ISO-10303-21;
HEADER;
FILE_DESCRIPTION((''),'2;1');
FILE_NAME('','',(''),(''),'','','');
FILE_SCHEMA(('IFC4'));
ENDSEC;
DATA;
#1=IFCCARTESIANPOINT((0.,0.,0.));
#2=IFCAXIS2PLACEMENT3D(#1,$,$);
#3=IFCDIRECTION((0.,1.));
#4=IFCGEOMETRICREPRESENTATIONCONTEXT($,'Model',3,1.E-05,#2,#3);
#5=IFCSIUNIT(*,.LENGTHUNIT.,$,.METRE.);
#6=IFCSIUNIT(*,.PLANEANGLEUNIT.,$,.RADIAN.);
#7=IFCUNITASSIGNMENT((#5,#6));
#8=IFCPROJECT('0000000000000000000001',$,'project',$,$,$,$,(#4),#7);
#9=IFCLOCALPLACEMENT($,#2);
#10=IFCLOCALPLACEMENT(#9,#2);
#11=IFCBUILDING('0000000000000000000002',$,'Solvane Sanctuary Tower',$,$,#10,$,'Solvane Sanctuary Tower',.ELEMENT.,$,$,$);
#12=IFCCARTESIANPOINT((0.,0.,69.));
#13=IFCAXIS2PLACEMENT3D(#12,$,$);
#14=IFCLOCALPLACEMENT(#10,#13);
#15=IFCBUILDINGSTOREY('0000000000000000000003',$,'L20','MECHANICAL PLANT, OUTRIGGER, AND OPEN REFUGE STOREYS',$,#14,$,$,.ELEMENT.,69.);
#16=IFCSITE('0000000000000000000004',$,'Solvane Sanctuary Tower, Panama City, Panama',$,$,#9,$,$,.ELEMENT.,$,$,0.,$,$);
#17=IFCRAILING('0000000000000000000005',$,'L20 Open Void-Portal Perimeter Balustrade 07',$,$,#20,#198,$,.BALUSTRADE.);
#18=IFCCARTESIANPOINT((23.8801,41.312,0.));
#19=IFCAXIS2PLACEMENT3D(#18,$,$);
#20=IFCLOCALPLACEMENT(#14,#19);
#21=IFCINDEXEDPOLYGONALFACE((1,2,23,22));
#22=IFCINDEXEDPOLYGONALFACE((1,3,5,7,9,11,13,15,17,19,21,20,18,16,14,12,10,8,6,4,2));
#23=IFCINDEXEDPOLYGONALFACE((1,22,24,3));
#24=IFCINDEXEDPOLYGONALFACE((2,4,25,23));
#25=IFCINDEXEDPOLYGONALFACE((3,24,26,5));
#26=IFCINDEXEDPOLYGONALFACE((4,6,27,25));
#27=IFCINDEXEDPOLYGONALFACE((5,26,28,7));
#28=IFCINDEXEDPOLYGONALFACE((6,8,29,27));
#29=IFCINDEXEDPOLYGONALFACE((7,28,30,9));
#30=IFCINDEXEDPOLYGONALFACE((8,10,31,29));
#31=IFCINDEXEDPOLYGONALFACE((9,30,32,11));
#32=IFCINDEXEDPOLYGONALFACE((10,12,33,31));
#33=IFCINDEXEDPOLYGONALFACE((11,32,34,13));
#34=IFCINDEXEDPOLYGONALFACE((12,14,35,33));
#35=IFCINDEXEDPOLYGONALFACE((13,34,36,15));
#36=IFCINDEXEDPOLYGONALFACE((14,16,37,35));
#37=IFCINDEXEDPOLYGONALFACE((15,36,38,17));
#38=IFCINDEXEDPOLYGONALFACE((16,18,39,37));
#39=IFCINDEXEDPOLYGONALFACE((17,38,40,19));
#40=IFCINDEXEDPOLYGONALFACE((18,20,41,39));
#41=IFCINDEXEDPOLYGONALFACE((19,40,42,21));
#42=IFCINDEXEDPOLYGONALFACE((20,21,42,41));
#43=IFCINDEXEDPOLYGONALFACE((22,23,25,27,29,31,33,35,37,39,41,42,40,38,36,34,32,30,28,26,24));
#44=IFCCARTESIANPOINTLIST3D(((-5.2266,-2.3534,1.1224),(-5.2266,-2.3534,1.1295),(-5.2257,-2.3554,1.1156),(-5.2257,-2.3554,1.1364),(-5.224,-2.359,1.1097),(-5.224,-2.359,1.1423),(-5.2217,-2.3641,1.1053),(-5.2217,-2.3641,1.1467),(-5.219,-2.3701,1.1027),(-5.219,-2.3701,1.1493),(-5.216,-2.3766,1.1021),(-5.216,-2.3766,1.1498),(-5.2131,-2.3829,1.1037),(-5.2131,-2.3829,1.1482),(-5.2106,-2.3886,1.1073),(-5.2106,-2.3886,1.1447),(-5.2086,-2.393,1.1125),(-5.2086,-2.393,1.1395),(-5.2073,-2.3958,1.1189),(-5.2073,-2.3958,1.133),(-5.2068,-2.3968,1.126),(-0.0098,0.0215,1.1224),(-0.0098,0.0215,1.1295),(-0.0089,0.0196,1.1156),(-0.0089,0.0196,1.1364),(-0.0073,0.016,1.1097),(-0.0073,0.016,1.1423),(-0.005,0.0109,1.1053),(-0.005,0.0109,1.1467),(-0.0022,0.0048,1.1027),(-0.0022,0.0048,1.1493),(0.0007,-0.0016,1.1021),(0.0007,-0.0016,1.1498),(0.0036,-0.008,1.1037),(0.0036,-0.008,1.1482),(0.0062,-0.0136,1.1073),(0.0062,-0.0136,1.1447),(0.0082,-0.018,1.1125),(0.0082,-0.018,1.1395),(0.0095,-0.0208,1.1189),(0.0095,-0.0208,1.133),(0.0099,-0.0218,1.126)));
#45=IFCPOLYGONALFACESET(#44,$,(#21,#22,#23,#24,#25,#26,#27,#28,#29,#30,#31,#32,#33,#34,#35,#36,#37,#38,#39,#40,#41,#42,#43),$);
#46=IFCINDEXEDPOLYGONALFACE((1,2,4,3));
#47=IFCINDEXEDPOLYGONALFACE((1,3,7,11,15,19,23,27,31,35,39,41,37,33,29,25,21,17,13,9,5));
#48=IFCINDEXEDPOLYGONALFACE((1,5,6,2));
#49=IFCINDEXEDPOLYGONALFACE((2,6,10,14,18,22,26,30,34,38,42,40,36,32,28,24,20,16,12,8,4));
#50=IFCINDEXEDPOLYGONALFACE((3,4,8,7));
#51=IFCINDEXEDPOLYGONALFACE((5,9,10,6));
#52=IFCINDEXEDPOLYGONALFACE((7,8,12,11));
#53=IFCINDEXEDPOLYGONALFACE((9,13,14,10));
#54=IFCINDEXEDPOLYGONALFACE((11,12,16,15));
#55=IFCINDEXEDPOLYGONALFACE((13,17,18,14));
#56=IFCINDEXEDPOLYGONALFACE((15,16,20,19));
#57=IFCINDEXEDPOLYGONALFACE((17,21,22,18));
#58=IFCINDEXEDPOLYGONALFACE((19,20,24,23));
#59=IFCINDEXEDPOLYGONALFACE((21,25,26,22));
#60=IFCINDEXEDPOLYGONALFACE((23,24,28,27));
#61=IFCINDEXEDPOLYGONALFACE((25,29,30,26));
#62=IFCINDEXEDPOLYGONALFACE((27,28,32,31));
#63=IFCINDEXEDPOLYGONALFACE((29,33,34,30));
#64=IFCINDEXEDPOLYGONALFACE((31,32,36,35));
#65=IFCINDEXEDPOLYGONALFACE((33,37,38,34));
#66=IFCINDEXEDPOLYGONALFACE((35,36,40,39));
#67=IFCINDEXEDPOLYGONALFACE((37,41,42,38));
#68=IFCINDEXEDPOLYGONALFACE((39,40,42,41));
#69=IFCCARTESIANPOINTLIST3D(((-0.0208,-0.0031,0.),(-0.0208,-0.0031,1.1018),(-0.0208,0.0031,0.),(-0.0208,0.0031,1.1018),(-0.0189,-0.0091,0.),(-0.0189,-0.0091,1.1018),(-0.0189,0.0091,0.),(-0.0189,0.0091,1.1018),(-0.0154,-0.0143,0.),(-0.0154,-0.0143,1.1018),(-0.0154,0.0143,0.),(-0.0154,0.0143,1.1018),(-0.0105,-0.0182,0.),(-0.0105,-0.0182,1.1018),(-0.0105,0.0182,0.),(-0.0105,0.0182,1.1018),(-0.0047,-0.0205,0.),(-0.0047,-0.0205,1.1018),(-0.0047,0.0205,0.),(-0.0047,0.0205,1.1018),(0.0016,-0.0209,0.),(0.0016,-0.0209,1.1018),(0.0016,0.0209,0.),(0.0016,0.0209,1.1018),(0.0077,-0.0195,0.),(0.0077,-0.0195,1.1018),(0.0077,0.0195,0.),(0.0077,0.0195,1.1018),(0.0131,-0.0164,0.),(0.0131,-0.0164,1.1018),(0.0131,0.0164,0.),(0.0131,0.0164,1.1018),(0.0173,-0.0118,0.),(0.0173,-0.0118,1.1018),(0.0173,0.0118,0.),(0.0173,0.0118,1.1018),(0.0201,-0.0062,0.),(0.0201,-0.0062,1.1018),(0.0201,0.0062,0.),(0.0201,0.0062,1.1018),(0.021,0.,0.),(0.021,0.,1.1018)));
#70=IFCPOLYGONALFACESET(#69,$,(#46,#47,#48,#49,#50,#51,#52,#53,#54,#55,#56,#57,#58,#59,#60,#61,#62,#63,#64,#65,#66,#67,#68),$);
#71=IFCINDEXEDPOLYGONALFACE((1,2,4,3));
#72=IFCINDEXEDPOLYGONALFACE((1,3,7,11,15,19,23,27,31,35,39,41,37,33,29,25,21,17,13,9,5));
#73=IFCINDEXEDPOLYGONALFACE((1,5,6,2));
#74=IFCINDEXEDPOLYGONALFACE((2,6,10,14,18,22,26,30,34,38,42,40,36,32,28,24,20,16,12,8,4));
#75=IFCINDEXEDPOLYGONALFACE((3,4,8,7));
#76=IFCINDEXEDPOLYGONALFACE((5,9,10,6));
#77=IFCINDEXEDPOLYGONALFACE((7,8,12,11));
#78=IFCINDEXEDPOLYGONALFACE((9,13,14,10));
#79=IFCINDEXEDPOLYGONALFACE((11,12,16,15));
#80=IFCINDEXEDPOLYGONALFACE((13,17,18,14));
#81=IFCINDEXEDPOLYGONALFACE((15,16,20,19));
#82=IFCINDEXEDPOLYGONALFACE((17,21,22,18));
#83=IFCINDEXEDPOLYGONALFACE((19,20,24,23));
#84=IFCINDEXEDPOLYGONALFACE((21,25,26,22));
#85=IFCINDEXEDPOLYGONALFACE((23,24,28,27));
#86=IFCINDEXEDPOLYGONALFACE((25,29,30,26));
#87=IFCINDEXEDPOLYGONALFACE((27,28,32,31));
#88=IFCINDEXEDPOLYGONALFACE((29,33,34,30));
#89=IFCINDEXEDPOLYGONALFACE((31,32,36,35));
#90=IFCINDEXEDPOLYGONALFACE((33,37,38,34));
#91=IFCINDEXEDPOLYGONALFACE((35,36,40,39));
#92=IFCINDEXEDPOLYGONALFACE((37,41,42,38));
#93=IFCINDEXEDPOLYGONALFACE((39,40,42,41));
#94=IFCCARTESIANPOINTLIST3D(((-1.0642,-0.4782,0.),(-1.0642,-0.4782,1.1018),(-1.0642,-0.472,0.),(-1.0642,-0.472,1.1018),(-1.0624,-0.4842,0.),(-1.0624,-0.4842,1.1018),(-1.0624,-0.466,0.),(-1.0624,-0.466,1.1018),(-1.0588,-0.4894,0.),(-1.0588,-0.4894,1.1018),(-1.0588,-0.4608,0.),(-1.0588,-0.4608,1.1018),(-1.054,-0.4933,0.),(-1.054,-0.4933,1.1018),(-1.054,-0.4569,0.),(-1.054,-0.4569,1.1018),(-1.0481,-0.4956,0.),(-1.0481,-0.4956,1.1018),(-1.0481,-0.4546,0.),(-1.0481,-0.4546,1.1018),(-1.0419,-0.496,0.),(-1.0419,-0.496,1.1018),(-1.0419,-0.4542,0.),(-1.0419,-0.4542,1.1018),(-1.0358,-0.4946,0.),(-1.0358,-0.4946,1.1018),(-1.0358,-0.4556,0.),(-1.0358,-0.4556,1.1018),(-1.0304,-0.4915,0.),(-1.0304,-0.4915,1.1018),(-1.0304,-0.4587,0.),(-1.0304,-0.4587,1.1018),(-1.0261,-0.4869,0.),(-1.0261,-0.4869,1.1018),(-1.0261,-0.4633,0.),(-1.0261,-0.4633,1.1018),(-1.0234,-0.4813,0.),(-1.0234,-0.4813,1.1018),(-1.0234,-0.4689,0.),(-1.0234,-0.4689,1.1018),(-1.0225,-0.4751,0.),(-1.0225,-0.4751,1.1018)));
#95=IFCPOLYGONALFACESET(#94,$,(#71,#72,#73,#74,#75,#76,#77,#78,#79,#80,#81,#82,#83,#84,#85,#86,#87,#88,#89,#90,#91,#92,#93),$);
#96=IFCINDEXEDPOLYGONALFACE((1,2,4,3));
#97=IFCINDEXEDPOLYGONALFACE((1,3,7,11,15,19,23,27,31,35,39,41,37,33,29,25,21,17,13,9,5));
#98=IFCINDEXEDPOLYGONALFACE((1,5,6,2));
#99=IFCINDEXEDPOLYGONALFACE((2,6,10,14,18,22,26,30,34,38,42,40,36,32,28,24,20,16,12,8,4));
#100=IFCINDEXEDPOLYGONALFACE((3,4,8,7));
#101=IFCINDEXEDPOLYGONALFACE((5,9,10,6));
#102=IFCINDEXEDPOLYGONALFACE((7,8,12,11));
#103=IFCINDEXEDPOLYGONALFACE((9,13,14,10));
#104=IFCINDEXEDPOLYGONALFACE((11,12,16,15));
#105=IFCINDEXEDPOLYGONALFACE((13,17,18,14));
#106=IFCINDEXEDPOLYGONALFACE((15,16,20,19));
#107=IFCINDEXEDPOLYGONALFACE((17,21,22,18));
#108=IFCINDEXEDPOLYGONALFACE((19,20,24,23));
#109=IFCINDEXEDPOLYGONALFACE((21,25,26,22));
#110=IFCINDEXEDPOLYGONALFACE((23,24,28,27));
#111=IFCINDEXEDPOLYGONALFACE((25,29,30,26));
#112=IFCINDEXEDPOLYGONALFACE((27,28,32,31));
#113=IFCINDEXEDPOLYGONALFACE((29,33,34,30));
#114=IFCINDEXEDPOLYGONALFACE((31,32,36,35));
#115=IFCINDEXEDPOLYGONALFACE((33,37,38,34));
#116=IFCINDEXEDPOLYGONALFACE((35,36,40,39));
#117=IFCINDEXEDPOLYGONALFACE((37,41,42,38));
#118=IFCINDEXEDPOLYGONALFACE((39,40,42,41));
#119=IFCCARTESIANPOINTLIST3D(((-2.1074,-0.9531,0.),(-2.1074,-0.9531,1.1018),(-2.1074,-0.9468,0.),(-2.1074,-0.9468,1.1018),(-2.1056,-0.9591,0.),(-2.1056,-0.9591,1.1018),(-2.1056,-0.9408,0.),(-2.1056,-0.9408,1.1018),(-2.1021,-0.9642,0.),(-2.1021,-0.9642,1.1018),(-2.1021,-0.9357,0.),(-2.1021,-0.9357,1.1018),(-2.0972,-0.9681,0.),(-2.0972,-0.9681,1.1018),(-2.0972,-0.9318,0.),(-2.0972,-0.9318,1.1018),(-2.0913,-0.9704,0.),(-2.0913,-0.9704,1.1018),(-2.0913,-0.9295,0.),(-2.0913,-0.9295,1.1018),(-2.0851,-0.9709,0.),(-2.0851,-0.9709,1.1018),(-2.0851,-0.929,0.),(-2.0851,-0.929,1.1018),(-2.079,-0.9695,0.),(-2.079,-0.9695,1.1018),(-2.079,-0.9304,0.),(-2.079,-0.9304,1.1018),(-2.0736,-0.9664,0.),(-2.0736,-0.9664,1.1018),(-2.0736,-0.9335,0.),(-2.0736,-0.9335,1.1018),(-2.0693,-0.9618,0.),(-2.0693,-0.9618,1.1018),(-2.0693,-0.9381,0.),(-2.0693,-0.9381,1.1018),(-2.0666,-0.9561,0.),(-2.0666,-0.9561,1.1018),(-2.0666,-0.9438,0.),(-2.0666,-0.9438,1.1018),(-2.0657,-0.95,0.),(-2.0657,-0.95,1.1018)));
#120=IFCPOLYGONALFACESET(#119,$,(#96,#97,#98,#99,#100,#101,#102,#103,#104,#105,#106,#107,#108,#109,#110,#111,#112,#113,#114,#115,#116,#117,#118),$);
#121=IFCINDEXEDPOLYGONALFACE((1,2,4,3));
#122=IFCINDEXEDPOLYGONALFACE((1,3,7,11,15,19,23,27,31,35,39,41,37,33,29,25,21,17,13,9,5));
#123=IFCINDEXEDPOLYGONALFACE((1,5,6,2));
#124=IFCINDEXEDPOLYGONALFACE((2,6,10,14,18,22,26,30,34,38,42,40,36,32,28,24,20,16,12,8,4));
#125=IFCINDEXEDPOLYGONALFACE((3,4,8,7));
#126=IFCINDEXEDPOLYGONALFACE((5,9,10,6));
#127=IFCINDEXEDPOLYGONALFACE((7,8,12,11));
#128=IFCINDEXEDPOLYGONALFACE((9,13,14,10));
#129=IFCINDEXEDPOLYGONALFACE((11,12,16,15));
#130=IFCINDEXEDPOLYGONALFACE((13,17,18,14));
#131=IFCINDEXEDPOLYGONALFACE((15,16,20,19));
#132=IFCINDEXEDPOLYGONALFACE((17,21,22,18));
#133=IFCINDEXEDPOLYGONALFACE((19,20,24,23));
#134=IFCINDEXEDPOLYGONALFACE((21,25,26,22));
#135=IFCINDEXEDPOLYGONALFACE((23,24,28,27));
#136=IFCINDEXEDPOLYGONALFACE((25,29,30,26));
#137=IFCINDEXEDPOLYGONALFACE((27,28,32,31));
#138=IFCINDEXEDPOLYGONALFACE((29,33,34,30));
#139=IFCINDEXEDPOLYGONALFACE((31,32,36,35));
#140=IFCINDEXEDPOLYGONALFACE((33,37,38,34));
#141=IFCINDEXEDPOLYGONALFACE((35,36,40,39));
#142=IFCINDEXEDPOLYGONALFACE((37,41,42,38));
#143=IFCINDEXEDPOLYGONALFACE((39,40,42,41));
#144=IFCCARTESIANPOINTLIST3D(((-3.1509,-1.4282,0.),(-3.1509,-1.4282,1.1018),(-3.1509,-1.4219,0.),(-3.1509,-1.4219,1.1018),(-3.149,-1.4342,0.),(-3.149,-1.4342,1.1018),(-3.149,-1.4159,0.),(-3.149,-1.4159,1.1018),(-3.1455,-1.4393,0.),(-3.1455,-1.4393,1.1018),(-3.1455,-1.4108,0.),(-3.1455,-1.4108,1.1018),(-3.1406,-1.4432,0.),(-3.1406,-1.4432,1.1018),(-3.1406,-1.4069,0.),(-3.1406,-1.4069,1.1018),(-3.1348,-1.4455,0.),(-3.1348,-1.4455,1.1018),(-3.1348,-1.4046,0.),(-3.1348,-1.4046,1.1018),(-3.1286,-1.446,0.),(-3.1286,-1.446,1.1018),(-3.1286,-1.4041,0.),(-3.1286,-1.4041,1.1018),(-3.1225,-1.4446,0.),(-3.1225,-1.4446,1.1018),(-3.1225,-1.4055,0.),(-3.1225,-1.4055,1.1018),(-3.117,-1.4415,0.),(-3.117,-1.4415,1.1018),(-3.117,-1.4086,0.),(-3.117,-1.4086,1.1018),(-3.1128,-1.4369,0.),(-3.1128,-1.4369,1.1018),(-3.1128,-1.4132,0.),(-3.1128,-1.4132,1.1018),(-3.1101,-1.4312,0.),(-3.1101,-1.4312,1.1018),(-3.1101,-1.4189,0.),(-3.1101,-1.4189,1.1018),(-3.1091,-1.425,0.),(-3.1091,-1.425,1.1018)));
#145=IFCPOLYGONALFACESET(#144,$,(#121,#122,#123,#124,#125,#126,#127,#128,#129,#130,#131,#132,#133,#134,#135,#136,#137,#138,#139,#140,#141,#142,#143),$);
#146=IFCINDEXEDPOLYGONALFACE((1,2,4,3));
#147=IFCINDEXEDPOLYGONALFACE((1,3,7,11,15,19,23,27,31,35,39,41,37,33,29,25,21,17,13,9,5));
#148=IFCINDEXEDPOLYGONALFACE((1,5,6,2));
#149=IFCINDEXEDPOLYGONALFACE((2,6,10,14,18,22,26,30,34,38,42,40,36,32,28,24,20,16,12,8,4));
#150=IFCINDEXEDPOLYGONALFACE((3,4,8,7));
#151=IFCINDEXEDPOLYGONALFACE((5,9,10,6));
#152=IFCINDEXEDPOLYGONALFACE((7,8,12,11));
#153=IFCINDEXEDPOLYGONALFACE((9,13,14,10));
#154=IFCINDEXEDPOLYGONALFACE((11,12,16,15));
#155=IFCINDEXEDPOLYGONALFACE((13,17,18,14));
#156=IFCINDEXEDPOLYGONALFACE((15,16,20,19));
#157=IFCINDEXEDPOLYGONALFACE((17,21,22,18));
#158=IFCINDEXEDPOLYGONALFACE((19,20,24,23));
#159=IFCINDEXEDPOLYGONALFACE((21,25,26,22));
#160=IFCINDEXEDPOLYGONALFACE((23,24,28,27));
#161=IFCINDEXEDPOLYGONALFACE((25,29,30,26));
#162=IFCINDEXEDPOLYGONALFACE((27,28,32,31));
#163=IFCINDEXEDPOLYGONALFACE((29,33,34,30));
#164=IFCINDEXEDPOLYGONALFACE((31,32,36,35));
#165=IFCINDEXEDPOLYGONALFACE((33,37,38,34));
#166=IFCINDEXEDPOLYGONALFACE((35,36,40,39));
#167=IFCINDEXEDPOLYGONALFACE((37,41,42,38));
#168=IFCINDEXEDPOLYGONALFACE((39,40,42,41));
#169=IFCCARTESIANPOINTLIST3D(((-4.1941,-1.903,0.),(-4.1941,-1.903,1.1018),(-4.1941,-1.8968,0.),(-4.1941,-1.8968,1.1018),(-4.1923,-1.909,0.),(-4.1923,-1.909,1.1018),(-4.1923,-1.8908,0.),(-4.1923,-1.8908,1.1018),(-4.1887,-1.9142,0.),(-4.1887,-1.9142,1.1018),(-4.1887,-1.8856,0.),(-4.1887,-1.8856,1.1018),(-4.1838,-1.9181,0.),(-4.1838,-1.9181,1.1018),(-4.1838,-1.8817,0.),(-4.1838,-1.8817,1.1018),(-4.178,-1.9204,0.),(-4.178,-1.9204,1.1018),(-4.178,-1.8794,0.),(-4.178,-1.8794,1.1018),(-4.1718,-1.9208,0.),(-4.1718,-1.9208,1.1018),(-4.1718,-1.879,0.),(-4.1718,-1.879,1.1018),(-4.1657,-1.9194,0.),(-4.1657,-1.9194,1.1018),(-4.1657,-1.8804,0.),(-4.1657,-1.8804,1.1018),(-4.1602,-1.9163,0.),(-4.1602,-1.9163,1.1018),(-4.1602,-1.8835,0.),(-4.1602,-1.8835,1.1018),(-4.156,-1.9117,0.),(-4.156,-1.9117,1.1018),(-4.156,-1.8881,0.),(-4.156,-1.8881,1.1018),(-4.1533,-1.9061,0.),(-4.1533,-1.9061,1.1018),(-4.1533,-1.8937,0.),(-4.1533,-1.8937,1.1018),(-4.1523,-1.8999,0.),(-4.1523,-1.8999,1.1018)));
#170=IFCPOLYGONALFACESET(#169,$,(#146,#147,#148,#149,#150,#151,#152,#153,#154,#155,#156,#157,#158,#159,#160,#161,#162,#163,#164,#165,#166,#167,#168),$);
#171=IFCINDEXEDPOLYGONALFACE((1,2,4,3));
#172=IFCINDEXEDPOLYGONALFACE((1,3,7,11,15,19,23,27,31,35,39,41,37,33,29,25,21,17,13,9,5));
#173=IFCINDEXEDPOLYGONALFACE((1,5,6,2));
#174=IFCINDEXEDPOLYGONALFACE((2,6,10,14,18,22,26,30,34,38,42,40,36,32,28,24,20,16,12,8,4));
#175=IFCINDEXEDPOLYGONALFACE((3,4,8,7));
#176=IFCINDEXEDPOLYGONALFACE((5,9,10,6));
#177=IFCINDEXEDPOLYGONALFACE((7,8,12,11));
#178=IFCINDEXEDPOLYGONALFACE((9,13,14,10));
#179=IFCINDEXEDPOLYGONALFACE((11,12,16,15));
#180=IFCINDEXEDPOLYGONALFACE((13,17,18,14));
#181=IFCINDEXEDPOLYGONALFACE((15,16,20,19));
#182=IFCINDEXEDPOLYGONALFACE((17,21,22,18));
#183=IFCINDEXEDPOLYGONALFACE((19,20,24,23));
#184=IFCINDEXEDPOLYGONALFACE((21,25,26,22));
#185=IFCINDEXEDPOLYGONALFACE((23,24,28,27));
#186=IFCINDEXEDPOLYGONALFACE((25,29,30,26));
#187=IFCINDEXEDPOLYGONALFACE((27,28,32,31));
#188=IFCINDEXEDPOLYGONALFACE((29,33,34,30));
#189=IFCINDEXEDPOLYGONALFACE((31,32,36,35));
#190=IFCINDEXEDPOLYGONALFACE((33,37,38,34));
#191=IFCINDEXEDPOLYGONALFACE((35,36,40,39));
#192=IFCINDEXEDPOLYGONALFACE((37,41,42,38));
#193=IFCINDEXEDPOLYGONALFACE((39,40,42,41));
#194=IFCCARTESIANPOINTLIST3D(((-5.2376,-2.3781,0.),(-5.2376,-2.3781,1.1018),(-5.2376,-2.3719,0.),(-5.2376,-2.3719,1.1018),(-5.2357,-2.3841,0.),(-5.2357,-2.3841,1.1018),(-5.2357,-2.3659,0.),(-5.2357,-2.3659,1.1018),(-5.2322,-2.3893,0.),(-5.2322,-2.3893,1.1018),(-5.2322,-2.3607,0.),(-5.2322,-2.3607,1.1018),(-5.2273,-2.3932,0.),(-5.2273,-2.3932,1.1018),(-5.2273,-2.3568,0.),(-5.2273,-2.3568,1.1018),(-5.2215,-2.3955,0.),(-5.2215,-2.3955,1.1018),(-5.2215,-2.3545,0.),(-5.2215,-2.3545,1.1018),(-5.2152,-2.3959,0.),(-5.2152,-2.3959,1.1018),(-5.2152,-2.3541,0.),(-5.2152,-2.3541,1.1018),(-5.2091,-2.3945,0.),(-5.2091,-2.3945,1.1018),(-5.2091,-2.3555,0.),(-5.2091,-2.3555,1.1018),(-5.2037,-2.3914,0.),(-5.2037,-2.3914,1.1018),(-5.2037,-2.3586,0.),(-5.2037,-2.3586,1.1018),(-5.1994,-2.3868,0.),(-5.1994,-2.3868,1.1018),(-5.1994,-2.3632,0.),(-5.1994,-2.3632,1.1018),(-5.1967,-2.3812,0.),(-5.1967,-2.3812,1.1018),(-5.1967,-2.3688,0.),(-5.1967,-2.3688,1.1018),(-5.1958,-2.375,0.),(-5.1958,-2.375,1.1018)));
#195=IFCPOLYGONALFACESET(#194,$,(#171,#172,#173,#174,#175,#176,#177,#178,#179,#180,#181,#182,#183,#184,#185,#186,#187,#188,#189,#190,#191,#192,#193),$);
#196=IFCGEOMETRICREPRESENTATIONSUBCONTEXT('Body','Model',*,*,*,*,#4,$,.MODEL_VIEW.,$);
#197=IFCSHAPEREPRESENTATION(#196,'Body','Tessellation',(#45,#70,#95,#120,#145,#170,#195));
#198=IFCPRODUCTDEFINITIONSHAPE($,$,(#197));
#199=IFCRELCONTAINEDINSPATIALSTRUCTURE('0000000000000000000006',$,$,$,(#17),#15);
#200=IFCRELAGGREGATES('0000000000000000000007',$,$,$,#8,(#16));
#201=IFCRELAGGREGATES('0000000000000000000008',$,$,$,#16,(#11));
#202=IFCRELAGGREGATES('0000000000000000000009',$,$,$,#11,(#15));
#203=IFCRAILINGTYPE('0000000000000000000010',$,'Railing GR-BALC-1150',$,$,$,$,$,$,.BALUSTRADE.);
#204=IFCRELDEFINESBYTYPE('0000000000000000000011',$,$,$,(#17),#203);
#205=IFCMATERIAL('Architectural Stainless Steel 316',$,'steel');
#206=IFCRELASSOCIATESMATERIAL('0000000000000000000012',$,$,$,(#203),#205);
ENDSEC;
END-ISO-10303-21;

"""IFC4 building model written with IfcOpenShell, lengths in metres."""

from ifc_helpers import new_model, si_unit, direction, frame, origin, origin_2d, place, context, subcontext, project, spatial, circle, extrude, material, type_object, element, save


model = new_model("IFC4")

# Units and contexts
model_context = context("Model", 3, precision=1e-05, world=origin(), true_north=direction((0.0, 1.0)))
body_context = subcontext(model_context, "Body", "Model", "MODEL_VIEW")
ifc_project = project(units=[si_unit("LENGTHUNIT", "METRE"), si_unit("PLANEANGLEUNIT", "RADIAN")], contexts=[model_context])

# Site, building, storey
site_placement = place(None, origin())
site = spatial("IfcSite", under=ifc_project, at=site_placement, Name="Solvane Sanctuary Tower, Panama City, Panama", CompositionType="ELEMENT", RefElevation=0.0)
building_placement = place(site_placement, origin())
building = spatial("IfcBuilding", under=site, at=building_placement, Name="Solvane Sanctuary Tower", LongName="Solvane Sanctuary Tower", CompositionType="ELEMENT")
storey_placement = place(building_placement, frame((0.0, 0.0, 69.0)))
storey = spatial("IfcBuildingStorey", under=building, at=storey_placement, Name="L20", Description="MECHANICAL PLANT, OUTRIGGER, AND OPEN REFUGE STOREYS", CompositionType="ELEMENT", Elevation=69.0)

# Shared definitions
ifc_material_1 = material(Name="Architectural Stainless Steel 316", Category="steel")

# Railing
railing_type_1 = type_object("IfcRailingType", Name="Railing GR-BALC-1150", PredefinedType="BALUSTRADE", material=ifc_material_1)
railing_1_placement = place(storey_placement, frame((23.8801, 41.312, 0.0)))
element("IfcRailing", 1, at=railing_1_placement, inside=storey, type_object=railing_type_1, Name="L20 Open Void-Portal Perimeter Balustrade 07", PredefinedType="BALUSTRADE", context=body_context, shape_type="SweptSolid", body=[
    extrude(circle(Radius=0.0239, at=origin_2d()), frame((0.0, 0.0, 1.126), z_axis=(-0.910121, -0.414342, 0.0), x_axis=(0.414342, -0.910121, 0.0)), (0.0, 0.0, 1.0), 5.7319),
    extrude(circle(Radius=0.021, at=origin_2d()), origin(), (0.0, 0.0, 1.0), 1.1018),
    extrude(circle(Radius=0.021, at=origin_2d()), frame((-1.0435, -0.4751, 0.0)), (0.0, 0.0, 1.0), 1.1018),
    extrude(circle(Radius=0.021, at=origin_2d()), frame((-2.0867, -0.95, 0.0)), (0.0, 0.0, 1.0), 1.1018),
    extrude(circle(Radius=0.021, at=origin_2d()), frame((-3.1301, -1.425, 0.0)), (0.0, 0.0, 1.0), 1.1018),
    extrude(circle(Radius=0.021, at=origin_2d()), frame((-4.1733, -1.8999, 0.0)), (0.0, 0.0, 1.0), 1.1018),
    extrude(circle(Radius=0.021, at=origin_2d()), frame((-5.2168, -2.375, 0.0)), (0.0, 0.0, 1.0), 1.1018),
])

save(model, "model.ifc")
